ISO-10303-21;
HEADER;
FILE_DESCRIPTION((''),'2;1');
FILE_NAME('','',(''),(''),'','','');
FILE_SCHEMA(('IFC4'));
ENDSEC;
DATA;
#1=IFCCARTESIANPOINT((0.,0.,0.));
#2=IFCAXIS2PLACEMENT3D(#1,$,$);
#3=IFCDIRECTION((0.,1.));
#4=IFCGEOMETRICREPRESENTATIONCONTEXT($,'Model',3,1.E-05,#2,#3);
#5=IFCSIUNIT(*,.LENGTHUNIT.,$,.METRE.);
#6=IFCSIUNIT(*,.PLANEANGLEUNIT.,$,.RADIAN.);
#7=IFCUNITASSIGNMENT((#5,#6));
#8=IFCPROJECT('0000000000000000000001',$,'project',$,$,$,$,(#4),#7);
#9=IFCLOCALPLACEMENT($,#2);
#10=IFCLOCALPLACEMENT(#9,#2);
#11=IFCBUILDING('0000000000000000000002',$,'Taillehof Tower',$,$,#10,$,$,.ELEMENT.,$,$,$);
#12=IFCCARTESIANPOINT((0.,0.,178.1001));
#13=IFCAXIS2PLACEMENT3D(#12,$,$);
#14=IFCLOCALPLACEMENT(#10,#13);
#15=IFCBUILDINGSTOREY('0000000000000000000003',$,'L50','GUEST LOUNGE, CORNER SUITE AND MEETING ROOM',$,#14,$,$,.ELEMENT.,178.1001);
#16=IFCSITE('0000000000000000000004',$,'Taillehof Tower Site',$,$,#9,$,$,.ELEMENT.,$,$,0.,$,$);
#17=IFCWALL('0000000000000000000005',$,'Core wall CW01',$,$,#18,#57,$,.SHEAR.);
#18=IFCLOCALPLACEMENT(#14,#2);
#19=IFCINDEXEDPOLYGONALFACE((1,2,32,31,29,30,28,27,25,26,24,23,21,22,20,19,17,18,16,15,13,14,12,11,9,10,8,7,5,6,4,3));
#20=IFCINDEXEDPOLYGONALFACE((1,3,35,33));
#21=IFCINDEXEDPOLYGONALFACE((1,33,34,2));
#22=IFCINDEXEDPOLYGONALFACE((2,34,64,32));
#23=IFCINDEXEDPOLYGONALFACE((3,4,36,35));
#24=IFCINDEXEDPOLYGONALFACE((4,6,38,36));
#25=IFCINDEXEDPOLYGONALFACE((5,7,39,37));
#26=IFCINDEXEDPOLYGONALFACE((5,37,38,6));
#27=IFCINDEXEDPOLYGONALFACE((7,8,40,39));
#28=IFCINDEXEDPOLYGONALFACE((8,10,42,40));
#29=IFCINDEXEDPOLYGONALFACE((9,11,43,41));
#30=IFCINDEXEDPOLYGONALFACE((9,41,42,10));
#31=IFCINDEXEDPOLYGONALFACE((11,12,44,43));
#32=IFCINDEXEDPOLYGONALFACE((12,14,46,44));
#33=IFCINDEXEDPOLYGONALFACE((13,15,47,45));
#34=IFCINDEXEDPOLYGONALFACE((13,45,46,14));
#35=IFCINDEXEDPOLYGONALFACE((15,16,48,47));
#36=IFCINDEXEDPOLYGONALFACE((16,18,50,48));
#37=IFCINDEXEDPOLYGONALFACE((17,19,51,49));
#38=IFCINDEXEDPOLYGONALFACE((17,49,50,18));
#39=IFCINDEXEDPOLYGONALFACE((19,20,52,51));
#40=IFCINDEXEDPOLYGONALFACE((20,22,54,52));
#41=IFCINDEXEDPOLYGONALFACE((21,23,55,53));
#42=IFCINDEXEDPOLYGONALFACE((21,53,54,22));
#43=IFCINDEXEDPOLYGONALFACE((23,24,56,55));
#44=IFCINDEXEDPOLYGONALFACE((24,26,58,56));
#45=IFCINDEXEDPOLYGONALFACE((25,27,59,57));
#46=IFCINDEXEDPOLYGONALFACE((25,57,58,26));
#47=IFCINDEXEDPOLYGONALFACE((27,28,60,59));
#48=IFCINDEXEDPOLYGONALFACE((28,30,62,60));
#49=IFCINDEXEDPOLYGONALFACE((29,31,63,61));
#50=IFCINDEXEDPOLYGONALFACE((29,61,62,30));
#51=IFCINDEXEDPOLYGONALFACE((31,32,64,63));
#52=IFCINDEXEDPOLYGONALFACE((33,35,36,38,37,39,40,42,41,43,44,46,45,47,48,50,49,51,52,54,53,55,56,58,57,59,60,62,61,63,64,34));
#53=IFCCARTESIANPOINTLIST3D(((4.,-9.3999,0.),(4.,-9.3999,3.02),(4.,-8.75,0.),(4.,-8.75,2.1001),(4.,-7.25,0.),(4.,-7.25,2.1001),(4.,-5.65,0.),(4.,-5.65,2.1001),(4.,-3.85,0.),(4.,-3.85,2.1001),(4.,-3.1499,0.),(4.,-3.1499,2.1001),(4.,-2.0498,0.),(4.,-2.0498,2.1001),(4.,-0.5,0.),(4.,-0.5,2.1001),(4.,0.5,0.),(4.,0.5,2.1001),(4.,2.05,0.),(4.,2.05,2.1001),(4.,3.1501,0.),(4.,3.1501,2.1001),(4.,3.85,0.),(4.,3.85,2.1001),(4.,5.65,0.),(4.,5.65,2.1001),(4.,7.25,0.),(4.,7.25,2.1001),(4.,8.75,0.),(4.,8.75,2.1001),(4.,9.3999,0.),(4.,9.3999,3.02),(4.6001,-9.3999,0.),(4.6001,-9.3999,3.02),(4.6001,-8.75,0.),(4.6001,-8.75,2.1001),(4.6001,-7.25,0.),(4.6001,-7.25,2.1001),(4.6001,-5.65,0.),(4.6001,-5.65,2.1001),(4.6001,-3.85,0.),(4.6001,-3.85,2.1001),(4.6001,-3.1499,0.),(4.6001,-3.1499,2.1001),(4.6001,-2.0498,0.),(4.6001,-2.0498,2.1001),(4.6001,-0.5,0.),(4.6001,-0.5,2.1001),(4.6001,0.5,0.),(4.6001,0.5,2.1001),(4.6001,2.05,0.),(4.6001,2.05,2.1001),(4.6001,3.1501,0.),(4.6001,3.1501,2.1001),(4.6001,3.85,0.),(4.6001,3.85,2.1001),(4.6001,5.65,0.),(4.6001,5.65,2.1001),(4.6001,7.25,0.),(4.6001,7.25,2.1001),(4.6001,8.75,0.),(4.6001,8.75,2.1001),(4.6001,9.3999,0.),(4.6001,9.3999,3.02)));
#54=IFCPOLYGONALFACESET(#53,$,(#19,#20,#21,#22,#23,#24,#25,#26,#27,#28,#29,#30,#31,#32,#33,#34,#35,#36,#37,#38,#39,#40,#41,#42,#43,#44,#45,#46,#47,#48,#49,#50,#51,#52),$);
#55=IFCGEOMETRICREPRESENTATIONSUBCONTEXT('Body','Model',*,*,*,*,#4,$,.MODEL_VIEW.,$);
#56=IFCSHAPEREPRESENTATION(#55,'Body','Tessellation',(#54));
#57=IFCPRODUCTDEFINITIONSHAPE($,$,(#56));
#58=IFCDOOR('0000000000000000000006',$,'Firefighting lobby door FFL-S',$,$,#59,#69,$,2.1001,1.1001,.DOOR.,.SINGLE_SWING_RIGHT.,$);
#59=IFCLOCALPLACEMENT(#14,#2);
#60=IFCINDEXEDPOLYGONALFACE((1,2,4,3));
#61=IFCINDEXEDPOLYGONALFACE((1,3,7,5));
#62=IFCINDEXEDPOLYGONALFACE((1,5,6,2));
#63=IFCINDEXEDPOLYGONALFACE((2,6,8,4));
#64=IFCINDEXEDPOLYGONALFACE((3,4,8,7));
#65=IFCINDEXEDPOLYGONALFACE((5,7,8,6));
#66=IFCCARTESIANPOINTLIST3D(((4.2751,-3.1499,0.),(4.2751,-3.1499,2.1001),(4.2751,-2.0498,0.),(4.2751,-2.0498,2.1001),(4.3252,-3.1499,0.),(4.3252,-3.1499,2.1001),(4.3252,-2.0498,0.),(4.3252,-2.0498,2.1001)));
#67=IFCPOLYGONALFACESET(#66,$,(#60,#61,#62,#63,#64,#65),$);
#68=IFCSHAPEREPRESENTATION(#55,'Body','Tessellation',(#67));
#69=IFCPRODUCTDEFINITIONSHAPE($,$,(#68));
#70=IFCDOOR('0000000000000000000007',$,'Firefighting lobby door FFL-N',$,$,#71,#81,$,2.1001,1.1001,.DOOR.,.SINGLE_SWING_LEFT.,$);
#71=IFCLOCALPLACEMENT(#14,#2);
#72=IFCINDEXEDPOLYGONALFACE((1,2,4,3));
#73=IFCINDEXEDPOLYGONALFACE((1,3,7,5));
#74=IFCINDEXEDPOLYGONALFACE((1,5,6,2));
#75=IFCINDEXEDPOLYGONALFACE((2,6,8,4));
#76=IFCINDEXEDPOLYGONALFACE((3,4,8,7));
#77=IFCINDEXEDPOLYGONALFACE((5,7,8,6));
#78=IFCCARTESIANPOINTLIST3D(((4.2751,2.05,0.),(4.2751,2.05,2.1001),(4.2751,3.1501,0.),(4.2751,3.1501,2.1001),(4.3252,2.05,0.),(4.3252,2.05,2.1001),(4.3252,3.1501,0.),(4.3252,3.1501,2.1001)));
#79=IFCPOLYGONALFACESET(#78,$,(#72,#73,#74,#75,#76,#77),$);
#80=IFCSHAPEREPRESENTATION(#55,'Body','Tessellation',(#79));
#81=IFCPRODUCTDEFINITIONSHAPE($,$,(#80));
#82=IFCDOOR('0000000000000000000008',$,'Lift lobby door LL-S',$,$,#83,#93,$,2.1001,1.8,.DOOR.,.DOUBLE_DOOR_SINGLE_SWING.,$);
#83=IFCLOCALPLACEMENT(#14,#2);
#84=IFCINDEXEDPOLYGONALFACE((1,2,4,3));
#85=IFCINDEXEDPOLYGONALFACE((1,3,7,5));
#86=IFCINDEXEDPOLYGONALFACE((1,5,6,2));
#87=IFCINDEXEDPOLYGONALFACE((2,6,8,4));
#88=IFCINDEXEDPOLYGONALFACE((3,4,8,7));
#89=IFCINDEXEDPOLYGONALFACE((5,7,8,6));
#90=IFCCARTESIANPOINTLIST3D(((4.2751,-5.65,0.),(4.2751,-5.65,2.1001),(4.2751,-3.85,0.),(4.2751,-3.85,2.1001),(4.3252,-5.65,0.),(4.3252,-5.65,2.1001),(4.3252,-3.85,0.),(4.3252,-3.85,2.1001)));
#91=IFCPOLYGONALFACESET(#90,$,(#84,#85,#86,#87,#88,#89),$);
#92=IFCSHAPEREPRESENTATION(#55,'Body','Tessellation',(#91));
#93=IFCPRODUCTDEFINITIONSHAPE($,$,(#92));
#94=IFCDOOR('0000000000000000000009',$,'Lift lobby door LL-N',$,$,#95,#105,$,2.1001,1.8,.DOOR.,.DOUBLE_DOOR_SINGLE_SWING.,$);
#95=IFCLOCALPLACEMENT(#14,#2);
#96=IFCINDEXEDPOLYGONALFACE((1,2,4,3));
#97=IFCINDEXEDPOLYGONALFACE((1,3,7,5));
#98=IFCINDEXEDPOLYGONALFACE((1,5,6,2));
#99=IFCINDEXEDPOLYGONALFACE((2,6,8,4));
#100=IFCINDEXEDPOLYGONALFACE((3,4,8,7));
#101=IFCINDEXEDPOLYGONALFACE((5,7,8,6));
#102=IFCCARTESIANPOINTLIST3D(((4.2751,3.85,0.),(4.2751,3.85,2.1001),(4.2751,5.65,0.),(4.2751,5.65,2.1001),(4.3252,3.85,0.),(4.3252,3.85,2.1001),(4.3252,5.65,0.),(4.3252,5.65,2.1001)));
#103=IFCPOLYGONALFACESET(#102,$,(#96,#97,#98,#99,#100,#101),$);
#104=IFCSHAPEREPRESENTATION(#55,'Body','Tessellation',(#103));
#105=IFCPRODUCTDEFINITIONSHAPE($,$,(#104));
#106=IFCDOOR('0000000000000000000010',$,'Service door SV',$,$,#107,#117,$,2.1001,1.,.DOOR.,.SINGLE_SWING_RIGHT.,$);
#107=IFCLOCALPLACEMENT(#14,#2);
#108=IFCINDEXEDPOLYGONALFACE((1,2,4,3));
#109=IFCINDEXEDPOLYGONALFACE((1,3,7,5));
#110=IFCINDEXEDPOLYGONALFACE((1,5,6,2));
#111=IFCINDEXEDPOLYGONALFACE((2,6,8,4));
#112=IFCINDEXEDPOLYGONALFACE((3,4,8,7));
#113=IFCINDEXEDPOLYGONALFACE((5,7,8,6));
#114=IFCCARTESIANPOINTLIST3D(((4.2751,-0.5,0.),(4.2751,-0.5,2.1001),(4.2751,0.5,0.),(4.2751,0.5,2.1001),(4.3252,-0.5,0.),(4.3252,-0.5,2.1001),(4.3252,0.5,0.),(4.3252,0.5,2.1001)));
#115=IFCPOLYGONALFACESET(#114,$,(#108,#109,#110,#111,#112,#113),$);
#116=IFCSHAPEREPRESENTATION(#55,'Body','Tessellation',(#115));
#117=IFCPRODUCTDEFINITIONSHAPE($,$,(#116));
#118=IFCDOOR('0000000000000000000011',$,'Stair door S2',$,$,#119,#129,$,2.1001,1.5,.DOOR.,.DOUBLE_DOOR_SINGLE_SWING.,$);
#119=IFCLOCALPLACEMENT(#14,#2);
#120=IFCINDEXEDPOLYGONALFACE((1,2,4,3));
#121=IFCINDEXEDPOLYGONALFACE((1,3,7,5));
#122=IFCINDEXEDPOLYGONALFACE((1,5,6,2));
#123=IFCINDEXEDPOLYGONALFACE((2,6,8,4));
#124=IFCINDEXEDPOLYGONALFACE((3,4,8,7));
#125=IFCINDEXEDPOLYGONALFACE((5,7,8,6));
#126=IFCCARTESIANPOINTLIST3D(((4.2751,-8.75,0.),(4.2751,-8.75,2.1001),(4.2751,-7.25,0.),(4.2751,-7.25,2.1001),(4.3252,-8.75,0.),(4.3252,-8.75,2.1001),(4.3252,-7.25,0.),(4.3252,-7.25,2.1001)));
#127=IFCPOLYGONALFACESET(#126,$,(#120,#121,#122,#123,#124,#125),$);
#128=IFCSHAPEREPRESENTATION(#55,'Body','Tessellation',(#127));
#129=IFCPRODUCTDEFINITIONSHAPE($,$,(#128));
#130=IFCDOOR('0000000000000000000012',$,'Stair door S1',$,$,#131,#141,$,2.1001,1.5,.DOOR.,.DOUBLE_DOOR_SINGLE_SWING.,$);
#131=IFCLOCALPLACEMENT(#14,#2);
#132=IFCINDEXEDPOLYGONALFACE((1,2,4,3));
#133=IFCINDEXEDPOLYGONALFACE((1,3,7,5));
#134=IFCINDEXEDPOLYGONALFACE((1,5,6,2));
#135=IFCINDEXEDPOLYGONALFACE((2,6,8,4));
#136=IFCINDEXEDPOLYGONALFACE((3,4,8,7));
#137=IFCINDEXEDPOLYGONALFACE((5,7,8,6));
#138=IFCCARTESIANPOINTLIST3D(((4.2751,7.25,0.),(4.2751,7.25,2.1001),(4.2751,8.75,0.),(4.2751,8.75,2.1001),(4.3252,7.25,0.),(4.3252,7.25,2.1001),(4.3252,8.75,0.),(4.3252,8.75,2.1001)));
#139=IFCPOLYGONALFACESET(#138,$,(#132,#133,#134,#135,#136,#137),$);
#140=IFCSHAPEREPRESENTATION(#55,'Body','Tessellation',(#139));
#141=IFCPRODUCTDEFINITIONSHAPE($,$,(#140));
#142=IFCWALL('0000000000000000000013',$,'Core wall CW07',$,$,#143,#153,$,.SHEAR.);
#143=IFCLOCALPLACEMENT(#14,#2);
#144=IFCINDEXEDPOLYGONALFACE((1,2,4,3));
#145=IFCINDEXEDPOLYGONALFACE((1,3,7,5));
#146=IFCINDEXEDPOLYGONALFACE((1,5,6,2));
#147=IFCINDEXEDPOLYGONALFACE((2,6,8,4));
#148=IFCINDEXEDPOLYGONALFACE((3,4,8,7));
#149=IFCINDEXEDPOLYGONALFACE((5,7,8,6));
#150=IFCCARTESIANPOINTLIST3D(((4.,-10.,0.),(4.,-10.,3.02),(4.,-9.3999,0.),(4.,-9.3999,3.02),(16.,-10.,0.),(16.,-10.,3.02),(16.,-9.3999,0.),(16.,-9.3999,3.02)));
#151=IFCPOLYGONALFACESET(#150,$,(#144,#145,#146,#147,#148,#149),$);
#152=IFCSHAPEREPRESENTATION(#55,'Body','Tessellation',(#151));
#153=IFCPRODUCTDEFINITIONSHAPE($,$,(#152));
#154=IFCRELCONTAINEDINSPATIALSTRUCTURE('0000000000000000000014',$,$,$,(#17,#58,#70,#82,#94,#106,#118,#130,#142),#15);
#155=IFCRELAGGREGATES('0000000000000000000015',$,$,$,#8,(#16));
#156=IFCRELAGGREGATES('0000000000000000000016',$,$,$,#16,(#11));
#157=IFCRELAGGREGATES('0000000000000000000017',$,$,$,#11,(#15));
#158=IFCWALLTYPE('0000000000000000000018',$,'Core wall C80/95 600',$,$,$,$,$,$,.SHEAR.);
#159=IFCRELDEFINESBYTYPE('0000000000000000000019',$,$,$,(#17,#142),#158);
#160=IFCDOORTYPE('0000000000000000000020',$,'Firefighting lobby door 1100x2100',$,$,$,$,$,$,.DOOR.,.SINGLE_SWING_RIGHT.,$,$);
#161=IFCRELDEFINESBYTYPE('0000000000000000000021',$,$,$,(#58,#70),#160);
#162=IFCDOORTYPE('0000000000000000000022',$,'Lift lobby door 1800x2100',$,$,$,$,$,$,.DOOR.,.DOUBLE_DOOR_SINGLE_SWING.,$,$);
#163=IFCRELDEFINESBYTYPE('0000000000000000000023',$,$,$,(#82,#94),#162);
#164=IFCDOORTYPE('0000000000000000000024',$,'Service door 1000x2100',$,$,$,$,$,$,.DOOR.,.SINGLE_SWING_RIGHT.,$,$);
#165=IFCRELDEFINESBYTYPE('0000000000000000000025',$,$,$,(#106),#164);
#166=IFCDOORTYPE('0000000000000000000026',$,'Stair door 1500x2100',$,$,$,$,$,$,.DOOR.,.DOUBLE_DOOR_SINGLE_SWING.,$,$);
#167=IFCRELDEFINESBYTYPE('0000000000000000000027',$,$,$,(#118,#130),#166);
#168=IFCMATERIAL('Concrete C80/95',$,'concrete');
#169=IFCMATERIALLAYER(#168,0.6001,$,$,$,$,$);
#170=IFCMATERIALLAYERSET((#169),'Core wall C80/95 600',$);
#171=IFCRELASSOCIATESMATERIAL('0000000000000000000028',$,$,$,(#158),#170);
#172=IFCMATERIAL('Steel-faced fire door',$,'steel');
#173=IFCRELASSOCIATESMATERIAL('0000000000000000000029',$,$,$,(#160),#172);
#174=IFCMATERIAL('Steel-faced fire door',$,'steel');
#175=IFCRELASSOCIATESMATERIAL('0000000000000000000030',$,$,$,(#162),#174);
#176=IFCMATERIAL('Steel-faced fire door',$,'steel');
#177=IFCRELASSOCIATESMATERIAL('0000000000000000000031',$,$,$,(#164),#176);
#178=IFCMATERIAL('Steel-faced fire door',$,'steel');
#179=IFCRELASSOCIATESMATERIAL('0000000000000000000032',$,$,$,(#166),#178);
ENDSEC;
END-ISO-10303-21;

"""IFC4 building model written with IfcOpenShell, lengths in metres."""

from ifc_helpers import new_model, si_unit, direction, frame, frame_2d, origin, place, context, subcontext, project, spatial, rectangle, extrude, material, layer, layer_set, type_object, element, fill, save


model = new_model("IFC4")

# Units and contexts
model_context = context("Model", 3, precision=1e-05, world=origin(), true_north=direction((0.0, 1.0)))
body_context = subcontext(model_context, "Body", "Model", "MODEL_VIEW")
ifc_project = project(units=[si_unit("LENGTHUNIT", "METRE"), si_unit("PLANEANGLEUNIT", "RADIAN")], contexts=[model_context])

# Site, building, storey
site_placement = place(None, origin())
site = spatial("IfcSite", under=ifc_project, at=site_placement, Name="Taillehof Tower Site", CompositionType="ELEMENT", RefElevation=0.0)
building_placement = place(site_placement, origin())
building = spatial("IfcBuilding", under=site, at=building_placement, Name="Taillehof Tower", CompositionType="ELEMENT")
storey_placement = place(building_placement, frame((0.0, 0.0, 178.1001)))
storey = spatial("IfcBuildingStorey", under=building, at=storey_placement, Name="L50", Description="GUEST LOUNGE, CORNER SUITE AND MEETING ROOM", CompositionType="ELEMENT", Elevation=178.1001)

# Wall, openings, doors
ifc_material_1 = material(Name="Concrete C80/95", Category="concrete")
ifc_layer_1 = layer(ifc_material_1, 0.6001)
ifc_layer_set_1 = layer_set([ifc_layer_1], Name="Core wall C80/95 600")
wall_type_1 = type_object("IfcWallType", Name="Core wall C80/95 600", PredefinedType="SHEAR", material=ifc_layer_set_1)
wall_1_placement = place(storey_placement, frame((4.3, -9.3999, 0.0), z_axis=(0.0, 0.0, 1.0), x_axis=(0.0, 1.0, 0.0)))
wall_1 = element("IfcWall", 1, at=wall_1_placement, inside=storey, type_object=wall_type_1, Name="Core wall CW01", PredefinedType="SHEAR", context=body_context, shape_type="SweptSolid", body=[
    extrude(rectangle(XDim=18.7998, YDim=0.6001, at=frame_2d((9.3999, 0.0))), origin(), (0.0, 0.0, 1.0), 3.02),
])
opening_1_placement = place(wall_1_placement, frame((0.6499, 0.0, 0.0)))
opening_1 = element("IfcOpeningElement", 2, at=opening_1_placement, cuts=wall_1, PredefinedType="OPENING", context=body_context, shape_type="SweptSolid", body=[
    extrude(rectangle(XDim=1.5, YDim=2.1001, at=frame_2d((0.75, 1.05))), frame((0.0, 0.3101, 0.0), z_axis=(0.0, -1.0, 0.0), x_axis=(1.0, 0.0, 0.0)), (0.0, 0.0, 1.0), 0.6201),
])
opening_2_placement = place(wall_1_placement, frame((3.75, 0.0, 0.0)))
opening_2 = element("IfcOpeningElement", 3, at=opening_2_placement, cuts=wall_1, PredefinedType="OPENING", context=body_context, shape_type="SweptSolid", body=[
    extrude(rectangle(XDim=1.8, YDim=2.1001, at=frame_2d((0.8999, 1.05))), frame((0.0, 0.3101, 0.0), z_axis=(0.0, -1.0, 0.0), x_axis=(1.0, 0.0, 0.0)), (0.0, 0.0, 1.0), 0.6201),
])
opening_3_placement = place(wall_1_placement, frame((6.25, 0.0, 0.0)))
opening_3 = element("IfcOpeningElement", 4, at=opening_3_placement, cuts=wall_1, PredefinedType="OPENING", context=body_context, shape_type="SweptSolid", body=[
    extrude(rectangle(XDim=1.1001, YDim=2.1001, at=frame_2d((0.55, 1.05))), frame((0.0, 0.3101, 0.0), z_axis=(0.0, -1.0, 0.0), x_axis=(1.0, 0.0, 0.0)), (0.0, 0.0, 1.0), 0.6201),
])
opening_4_placement = place(wall_1_placement, frame((8.8999, 0.0, 0.0)))
opening_4 = element("IfcOpeningElement", 5, at=opening_4_placement, cuts=wall_1, PredefinedType="OPENING", context=body_context, shape_type="SweptSolid", body=[
    extrude(rectangle(XDim=1.0, YDim=2.1001, at=frame_2d((0.5, 1.05))), frame((0.0, 0.3101, 0.0), z_axis=(0.0, -1.0, 0.0), x_axis=(1.0, 0.0, 0.0)), (0.0, 0.0, 1.0), 0.6201),
])
opening_5_placement = place(wall_1_placement, frame((11.45, 0.0, 0.0)))
opening_5 = element("IfcOpeningElement", 6, at=opening_5_placement, cuts=wall_1, PredefinedType="OPENING", context=body_context, shape_type="SweptSolid", body=[
    extrude(rectangle(XDim=1.1001, YDim=2.1001, at=frame_2d((0.55, 1.05))), frame((0.0, 0.3101, 0.0), z_axis=(0.0, -1.0, 0.0), x_axis=(1.0, 0.0, 0.0)), (0.0, 0.0, 1.0), 0.6201),
])
opening_6_placement = place(wall_1_placement, frame((13.25, 0.0, 0.0)))
opening_6 = element("IfcOpeningElement", 7, at=opening_6_placement, cuts=wall_1, PredefinedType="OPENING", context=body_context, shape_type="SweptSolid", body=[
    extrude(rectangle(XDim=1.8, YDim=2.1001, at=frame_2d((0.8999, 1.05))), frame((0.0, 0.3101, 0.0), z_axis=(0.0, -1.0, 0.0), x_axis=(1.0, 0.0, 0.0)), (0.0, 0.0, 1.0), 0.6201),
])
opening_7_placement = place(wall_1_placement, frame((16.6499, 0.0, 0.0)))
opening_7 = element("IfcOpeningElement", 8, at=opening_7_placement, cuts=wall_1, PredefinedType="OPENING", context=body_context, shape_type="SweptSolid", body=[
    extrude(rectangle(XDim=1.5, YDim=2.1001, at=frame_2d((0.75, 1.05))), frame((0.0, 0.3101, 0.0), z_axis=(0.0, -1.0, 0.0), x_axis=(1.0, 0.0, 0.0)), (0.0, 0.0, 1.0), 0.6201),
])
ifc_material_2 = material(Name="Steel-faced fire door", Category="steel")
door_type_1 = type_object("IfcDoorType", Name="Firefighting lobby door 1100x2100", OperationType="SINGLE_SWING_RIGHT", PredefinedType="DOOR", material=ifc_material_2)
door_1_placement = place(opening_3_placement, origin())
door_1 = element("IfcDoor", 9, at=door_1_placement, inside=storey, type_object=door_type_1, Name="Firefighting lobby door FFL-S", OperationType="SINGLE_SWING_RIGHT", OverallHeight=2.1001, OverallWidth=1.1001, PredefinedType="DOOR", context=body_context, shape_type="SweptSolid", body=[
    extrude(rectangle(XDim=1.1001, YDim=2.1001, at=frame_2d((0.55, 1.05))), frame((0.0, 0.0249, 0.0), z_axis=(0.0, -1.0, 0.0), x_axis=(1.0, 0.0, 0.0)), (0.0, 0.0, 1.0), 0.05),
])
fill(opening_3, door_1)
door_2_placement = place(opening_5_placement, origin())
door_2 = element("IfcDoor", 10, at=door_2_placement, inside=storey, type_object=door_type_1, Name="Firefighting lobby door FFL-N", OperationType="SINGLE_SWING_LEFT", OverallHeight=2.1001, OverallWidth=1.1001, PredefinedType="DOOR", context=body_context, shape_type="SweptSolid", body=[
    extrude(rectangle(XDim=1.1001, YDim=2.1001, at=frame_2d((0.55, 1.05))), frame((0.0, 0.0249, 0.0), z_axis=(0.0, -1.0, 0.0), x_axis=(1.0, 0.0, 0.0)), (0.0, 0.0, 1.0), 0.05),
])
fill(opening_5, door_2)
ifc_material_3 = material(Name="Steel-faced fire door", Category="steel")
door_type_2 = type_object("IfcDoorType", Name="Lift lobby door 1800x2100", OperationType="DOUBLE_DOOR_SINGLE_SWING", PredefinedType="DOOR", material=ifc_material_3)
door_3_placement = place(opening_2_placement, origin())
door_3 = element("IfcDoor", 11, at=door_3_placement, inside=storey, type_object=door_type_2, Name="Lift lobby door LL-S", OperationType="DOUBLE_DOOR_SINGLE_SWING", OverallHeight=2.1001, OverallWidth=1.8, PredefinedType="DOOR", context=body_context, shape_type="SweptSolid", body=[
    extrude(rectangle(XDim=1.8, YDim=2.1001, at=frame_2d((0.8999, 1.05))), frame((0.0, 0.0249, 0.0), z_axis=(0.0, -1.0, 0.0), x_axis=(1.0, 0.0, 0.0)), (0.0, 0.0, 1.0), 0.05),
])
fill(opening_2, door_3)
door_4_placement = place(opening_6_placement, origin())
door_4 = element("IfcDoor", 12, at=door_4_placement, inside=storey, type_object=door_type_2, Name="Lift lobby door LL-N", OperationType="DOUBLE_DOOR_SINGLE_SWING", OverallHeight=2.1001, OverallWidth=1.8, PredefinedType="DOOR", context=body_context, shape_type="SweptSolid", body=[
    extrude(rectangle(XDim=1.8, YDim=2.1001, at=frame_2d((0.8999, 1.05))), frame((0.0, 0.0249, 0.0), z_axis=(0.0, -1.0, 0.0), x_axis=(1.0, 0.0, 0.0)), (0.0, 0.0, 1.0), 0.05),
])
fill(opening_6, door_4)
ifc_material_4 = material(Name="Steel-faced fire door", Category="steel")
door_type_3 = type_object("IfcDoorType", Name="Service door 1000x2100", OperationType="SINGLE_SWING_RIGHT", PredefinedType="DOOR", material=ifc_material_4)
door_5_placement = place(opening_4_placement, origin())
door_5 = element("IfcDoor", 13, at=door_5_placement, inside=storey, type_object=door_type_3, Name="Service door SV", OperationType="SINGLE_SWING_RIGHT", OverallHeight=2.1001, OverallWidth=1.0, PredefinedType="DOOR", context=body_context, shape_type="SweptSolid", body=[
    extrude(rectangle(XDim=1.0, YDim=2.1001, at=frame_2d((0.5, 1.05))), frame((0.0, 0.0249, 0.0), z_axis=(0.0, -1.0, 0.0), x_axis=(1.0, 0.0, 0.0)), (0.0, 0.0, 1.0), 0.05),
])
fill(opening_4, door_5)
ifc_material_5 = material(Name="Steel-faced fire door", Category="steel")
door_type_4 = type_object("IfcDoorType", Name="Stair door 1500x2100", OperationType="DOUBLE_DOOR_SINGLE_SWING", PredefinedType="DOOR", material=ifc_material_5)
door_6_placement = place(opening_1_placement, origin())
door_6 = element("IfcDoor", 14, at=door_6_placement, inside=storey, type_object=door_type_4, Name="Stair door S2", OperationType="DOUBLE_DOOR_SINGLE_SWING", OverallHeight=2.1001, OverallWidth=1.5, PredefinedType="DOOR", context=body_context, shape_type="SweptSolid", body=[
    extrude(rectangle(XDim=1.5, YDim=2.1001, at=frame_2d((0.75, 1.05))), frame((0.0, 0.0249, 0.0), z_axis=(0.0, -1.0, 0.0), x_axis=(1.0, 0.0, 0.0)), (0.0, 0.0, 1.0), 0.05),
])
fill(opening_1, door_6)
door_7_placement = place(opening_7_placement, origin())
door_7 = element("IfcDoor", 15, at=door_7_placement, inside=storey, type_object=door_type_4, Name="Stair door S1", OperationType="DOUBLE_DOOR_SINGLE_SWING", OverallHeight=2.1001, OverallWidth=1.5, PredefinedType="DOOR", context=body_context, shape_type="SweptSolid", body=[
    extrude(rectangle(XDim=1.5, YDim=2.1001, at=frame_2d((0.75, 1.05))), frame((0.0, 0.0249, 0.0), z_axis=(0.0, -1.0, 0.0), x_axis=(1.0, 0.0, 0.0)), (0.0, 0.0, 1.0), 0.05),
])
fill(opening_7, door_7)

# Wall
wall_2_placement = place(storey_placement, frame((4.0, -9.7, 0.0), z_axis=(0.0, 0.0, 1.0), x_axis=(1.0, 0.0, 0.0)))
element("IfcWall", 16, at=wall_2_placement, inside=storey, type_object=wall_type_1, Name="Core wall CW07", PredefinedType="SHEAR", context=body_context, shape_type="SweptSolid", body=[
    extrude(rectangle(XDim=12.0, YDim=0.6001, at=frame_2d((6.0, 0.0))), origin(), (0.0, 0.0, 1.0), 3.02),
])

save(model, "model.ifc")
